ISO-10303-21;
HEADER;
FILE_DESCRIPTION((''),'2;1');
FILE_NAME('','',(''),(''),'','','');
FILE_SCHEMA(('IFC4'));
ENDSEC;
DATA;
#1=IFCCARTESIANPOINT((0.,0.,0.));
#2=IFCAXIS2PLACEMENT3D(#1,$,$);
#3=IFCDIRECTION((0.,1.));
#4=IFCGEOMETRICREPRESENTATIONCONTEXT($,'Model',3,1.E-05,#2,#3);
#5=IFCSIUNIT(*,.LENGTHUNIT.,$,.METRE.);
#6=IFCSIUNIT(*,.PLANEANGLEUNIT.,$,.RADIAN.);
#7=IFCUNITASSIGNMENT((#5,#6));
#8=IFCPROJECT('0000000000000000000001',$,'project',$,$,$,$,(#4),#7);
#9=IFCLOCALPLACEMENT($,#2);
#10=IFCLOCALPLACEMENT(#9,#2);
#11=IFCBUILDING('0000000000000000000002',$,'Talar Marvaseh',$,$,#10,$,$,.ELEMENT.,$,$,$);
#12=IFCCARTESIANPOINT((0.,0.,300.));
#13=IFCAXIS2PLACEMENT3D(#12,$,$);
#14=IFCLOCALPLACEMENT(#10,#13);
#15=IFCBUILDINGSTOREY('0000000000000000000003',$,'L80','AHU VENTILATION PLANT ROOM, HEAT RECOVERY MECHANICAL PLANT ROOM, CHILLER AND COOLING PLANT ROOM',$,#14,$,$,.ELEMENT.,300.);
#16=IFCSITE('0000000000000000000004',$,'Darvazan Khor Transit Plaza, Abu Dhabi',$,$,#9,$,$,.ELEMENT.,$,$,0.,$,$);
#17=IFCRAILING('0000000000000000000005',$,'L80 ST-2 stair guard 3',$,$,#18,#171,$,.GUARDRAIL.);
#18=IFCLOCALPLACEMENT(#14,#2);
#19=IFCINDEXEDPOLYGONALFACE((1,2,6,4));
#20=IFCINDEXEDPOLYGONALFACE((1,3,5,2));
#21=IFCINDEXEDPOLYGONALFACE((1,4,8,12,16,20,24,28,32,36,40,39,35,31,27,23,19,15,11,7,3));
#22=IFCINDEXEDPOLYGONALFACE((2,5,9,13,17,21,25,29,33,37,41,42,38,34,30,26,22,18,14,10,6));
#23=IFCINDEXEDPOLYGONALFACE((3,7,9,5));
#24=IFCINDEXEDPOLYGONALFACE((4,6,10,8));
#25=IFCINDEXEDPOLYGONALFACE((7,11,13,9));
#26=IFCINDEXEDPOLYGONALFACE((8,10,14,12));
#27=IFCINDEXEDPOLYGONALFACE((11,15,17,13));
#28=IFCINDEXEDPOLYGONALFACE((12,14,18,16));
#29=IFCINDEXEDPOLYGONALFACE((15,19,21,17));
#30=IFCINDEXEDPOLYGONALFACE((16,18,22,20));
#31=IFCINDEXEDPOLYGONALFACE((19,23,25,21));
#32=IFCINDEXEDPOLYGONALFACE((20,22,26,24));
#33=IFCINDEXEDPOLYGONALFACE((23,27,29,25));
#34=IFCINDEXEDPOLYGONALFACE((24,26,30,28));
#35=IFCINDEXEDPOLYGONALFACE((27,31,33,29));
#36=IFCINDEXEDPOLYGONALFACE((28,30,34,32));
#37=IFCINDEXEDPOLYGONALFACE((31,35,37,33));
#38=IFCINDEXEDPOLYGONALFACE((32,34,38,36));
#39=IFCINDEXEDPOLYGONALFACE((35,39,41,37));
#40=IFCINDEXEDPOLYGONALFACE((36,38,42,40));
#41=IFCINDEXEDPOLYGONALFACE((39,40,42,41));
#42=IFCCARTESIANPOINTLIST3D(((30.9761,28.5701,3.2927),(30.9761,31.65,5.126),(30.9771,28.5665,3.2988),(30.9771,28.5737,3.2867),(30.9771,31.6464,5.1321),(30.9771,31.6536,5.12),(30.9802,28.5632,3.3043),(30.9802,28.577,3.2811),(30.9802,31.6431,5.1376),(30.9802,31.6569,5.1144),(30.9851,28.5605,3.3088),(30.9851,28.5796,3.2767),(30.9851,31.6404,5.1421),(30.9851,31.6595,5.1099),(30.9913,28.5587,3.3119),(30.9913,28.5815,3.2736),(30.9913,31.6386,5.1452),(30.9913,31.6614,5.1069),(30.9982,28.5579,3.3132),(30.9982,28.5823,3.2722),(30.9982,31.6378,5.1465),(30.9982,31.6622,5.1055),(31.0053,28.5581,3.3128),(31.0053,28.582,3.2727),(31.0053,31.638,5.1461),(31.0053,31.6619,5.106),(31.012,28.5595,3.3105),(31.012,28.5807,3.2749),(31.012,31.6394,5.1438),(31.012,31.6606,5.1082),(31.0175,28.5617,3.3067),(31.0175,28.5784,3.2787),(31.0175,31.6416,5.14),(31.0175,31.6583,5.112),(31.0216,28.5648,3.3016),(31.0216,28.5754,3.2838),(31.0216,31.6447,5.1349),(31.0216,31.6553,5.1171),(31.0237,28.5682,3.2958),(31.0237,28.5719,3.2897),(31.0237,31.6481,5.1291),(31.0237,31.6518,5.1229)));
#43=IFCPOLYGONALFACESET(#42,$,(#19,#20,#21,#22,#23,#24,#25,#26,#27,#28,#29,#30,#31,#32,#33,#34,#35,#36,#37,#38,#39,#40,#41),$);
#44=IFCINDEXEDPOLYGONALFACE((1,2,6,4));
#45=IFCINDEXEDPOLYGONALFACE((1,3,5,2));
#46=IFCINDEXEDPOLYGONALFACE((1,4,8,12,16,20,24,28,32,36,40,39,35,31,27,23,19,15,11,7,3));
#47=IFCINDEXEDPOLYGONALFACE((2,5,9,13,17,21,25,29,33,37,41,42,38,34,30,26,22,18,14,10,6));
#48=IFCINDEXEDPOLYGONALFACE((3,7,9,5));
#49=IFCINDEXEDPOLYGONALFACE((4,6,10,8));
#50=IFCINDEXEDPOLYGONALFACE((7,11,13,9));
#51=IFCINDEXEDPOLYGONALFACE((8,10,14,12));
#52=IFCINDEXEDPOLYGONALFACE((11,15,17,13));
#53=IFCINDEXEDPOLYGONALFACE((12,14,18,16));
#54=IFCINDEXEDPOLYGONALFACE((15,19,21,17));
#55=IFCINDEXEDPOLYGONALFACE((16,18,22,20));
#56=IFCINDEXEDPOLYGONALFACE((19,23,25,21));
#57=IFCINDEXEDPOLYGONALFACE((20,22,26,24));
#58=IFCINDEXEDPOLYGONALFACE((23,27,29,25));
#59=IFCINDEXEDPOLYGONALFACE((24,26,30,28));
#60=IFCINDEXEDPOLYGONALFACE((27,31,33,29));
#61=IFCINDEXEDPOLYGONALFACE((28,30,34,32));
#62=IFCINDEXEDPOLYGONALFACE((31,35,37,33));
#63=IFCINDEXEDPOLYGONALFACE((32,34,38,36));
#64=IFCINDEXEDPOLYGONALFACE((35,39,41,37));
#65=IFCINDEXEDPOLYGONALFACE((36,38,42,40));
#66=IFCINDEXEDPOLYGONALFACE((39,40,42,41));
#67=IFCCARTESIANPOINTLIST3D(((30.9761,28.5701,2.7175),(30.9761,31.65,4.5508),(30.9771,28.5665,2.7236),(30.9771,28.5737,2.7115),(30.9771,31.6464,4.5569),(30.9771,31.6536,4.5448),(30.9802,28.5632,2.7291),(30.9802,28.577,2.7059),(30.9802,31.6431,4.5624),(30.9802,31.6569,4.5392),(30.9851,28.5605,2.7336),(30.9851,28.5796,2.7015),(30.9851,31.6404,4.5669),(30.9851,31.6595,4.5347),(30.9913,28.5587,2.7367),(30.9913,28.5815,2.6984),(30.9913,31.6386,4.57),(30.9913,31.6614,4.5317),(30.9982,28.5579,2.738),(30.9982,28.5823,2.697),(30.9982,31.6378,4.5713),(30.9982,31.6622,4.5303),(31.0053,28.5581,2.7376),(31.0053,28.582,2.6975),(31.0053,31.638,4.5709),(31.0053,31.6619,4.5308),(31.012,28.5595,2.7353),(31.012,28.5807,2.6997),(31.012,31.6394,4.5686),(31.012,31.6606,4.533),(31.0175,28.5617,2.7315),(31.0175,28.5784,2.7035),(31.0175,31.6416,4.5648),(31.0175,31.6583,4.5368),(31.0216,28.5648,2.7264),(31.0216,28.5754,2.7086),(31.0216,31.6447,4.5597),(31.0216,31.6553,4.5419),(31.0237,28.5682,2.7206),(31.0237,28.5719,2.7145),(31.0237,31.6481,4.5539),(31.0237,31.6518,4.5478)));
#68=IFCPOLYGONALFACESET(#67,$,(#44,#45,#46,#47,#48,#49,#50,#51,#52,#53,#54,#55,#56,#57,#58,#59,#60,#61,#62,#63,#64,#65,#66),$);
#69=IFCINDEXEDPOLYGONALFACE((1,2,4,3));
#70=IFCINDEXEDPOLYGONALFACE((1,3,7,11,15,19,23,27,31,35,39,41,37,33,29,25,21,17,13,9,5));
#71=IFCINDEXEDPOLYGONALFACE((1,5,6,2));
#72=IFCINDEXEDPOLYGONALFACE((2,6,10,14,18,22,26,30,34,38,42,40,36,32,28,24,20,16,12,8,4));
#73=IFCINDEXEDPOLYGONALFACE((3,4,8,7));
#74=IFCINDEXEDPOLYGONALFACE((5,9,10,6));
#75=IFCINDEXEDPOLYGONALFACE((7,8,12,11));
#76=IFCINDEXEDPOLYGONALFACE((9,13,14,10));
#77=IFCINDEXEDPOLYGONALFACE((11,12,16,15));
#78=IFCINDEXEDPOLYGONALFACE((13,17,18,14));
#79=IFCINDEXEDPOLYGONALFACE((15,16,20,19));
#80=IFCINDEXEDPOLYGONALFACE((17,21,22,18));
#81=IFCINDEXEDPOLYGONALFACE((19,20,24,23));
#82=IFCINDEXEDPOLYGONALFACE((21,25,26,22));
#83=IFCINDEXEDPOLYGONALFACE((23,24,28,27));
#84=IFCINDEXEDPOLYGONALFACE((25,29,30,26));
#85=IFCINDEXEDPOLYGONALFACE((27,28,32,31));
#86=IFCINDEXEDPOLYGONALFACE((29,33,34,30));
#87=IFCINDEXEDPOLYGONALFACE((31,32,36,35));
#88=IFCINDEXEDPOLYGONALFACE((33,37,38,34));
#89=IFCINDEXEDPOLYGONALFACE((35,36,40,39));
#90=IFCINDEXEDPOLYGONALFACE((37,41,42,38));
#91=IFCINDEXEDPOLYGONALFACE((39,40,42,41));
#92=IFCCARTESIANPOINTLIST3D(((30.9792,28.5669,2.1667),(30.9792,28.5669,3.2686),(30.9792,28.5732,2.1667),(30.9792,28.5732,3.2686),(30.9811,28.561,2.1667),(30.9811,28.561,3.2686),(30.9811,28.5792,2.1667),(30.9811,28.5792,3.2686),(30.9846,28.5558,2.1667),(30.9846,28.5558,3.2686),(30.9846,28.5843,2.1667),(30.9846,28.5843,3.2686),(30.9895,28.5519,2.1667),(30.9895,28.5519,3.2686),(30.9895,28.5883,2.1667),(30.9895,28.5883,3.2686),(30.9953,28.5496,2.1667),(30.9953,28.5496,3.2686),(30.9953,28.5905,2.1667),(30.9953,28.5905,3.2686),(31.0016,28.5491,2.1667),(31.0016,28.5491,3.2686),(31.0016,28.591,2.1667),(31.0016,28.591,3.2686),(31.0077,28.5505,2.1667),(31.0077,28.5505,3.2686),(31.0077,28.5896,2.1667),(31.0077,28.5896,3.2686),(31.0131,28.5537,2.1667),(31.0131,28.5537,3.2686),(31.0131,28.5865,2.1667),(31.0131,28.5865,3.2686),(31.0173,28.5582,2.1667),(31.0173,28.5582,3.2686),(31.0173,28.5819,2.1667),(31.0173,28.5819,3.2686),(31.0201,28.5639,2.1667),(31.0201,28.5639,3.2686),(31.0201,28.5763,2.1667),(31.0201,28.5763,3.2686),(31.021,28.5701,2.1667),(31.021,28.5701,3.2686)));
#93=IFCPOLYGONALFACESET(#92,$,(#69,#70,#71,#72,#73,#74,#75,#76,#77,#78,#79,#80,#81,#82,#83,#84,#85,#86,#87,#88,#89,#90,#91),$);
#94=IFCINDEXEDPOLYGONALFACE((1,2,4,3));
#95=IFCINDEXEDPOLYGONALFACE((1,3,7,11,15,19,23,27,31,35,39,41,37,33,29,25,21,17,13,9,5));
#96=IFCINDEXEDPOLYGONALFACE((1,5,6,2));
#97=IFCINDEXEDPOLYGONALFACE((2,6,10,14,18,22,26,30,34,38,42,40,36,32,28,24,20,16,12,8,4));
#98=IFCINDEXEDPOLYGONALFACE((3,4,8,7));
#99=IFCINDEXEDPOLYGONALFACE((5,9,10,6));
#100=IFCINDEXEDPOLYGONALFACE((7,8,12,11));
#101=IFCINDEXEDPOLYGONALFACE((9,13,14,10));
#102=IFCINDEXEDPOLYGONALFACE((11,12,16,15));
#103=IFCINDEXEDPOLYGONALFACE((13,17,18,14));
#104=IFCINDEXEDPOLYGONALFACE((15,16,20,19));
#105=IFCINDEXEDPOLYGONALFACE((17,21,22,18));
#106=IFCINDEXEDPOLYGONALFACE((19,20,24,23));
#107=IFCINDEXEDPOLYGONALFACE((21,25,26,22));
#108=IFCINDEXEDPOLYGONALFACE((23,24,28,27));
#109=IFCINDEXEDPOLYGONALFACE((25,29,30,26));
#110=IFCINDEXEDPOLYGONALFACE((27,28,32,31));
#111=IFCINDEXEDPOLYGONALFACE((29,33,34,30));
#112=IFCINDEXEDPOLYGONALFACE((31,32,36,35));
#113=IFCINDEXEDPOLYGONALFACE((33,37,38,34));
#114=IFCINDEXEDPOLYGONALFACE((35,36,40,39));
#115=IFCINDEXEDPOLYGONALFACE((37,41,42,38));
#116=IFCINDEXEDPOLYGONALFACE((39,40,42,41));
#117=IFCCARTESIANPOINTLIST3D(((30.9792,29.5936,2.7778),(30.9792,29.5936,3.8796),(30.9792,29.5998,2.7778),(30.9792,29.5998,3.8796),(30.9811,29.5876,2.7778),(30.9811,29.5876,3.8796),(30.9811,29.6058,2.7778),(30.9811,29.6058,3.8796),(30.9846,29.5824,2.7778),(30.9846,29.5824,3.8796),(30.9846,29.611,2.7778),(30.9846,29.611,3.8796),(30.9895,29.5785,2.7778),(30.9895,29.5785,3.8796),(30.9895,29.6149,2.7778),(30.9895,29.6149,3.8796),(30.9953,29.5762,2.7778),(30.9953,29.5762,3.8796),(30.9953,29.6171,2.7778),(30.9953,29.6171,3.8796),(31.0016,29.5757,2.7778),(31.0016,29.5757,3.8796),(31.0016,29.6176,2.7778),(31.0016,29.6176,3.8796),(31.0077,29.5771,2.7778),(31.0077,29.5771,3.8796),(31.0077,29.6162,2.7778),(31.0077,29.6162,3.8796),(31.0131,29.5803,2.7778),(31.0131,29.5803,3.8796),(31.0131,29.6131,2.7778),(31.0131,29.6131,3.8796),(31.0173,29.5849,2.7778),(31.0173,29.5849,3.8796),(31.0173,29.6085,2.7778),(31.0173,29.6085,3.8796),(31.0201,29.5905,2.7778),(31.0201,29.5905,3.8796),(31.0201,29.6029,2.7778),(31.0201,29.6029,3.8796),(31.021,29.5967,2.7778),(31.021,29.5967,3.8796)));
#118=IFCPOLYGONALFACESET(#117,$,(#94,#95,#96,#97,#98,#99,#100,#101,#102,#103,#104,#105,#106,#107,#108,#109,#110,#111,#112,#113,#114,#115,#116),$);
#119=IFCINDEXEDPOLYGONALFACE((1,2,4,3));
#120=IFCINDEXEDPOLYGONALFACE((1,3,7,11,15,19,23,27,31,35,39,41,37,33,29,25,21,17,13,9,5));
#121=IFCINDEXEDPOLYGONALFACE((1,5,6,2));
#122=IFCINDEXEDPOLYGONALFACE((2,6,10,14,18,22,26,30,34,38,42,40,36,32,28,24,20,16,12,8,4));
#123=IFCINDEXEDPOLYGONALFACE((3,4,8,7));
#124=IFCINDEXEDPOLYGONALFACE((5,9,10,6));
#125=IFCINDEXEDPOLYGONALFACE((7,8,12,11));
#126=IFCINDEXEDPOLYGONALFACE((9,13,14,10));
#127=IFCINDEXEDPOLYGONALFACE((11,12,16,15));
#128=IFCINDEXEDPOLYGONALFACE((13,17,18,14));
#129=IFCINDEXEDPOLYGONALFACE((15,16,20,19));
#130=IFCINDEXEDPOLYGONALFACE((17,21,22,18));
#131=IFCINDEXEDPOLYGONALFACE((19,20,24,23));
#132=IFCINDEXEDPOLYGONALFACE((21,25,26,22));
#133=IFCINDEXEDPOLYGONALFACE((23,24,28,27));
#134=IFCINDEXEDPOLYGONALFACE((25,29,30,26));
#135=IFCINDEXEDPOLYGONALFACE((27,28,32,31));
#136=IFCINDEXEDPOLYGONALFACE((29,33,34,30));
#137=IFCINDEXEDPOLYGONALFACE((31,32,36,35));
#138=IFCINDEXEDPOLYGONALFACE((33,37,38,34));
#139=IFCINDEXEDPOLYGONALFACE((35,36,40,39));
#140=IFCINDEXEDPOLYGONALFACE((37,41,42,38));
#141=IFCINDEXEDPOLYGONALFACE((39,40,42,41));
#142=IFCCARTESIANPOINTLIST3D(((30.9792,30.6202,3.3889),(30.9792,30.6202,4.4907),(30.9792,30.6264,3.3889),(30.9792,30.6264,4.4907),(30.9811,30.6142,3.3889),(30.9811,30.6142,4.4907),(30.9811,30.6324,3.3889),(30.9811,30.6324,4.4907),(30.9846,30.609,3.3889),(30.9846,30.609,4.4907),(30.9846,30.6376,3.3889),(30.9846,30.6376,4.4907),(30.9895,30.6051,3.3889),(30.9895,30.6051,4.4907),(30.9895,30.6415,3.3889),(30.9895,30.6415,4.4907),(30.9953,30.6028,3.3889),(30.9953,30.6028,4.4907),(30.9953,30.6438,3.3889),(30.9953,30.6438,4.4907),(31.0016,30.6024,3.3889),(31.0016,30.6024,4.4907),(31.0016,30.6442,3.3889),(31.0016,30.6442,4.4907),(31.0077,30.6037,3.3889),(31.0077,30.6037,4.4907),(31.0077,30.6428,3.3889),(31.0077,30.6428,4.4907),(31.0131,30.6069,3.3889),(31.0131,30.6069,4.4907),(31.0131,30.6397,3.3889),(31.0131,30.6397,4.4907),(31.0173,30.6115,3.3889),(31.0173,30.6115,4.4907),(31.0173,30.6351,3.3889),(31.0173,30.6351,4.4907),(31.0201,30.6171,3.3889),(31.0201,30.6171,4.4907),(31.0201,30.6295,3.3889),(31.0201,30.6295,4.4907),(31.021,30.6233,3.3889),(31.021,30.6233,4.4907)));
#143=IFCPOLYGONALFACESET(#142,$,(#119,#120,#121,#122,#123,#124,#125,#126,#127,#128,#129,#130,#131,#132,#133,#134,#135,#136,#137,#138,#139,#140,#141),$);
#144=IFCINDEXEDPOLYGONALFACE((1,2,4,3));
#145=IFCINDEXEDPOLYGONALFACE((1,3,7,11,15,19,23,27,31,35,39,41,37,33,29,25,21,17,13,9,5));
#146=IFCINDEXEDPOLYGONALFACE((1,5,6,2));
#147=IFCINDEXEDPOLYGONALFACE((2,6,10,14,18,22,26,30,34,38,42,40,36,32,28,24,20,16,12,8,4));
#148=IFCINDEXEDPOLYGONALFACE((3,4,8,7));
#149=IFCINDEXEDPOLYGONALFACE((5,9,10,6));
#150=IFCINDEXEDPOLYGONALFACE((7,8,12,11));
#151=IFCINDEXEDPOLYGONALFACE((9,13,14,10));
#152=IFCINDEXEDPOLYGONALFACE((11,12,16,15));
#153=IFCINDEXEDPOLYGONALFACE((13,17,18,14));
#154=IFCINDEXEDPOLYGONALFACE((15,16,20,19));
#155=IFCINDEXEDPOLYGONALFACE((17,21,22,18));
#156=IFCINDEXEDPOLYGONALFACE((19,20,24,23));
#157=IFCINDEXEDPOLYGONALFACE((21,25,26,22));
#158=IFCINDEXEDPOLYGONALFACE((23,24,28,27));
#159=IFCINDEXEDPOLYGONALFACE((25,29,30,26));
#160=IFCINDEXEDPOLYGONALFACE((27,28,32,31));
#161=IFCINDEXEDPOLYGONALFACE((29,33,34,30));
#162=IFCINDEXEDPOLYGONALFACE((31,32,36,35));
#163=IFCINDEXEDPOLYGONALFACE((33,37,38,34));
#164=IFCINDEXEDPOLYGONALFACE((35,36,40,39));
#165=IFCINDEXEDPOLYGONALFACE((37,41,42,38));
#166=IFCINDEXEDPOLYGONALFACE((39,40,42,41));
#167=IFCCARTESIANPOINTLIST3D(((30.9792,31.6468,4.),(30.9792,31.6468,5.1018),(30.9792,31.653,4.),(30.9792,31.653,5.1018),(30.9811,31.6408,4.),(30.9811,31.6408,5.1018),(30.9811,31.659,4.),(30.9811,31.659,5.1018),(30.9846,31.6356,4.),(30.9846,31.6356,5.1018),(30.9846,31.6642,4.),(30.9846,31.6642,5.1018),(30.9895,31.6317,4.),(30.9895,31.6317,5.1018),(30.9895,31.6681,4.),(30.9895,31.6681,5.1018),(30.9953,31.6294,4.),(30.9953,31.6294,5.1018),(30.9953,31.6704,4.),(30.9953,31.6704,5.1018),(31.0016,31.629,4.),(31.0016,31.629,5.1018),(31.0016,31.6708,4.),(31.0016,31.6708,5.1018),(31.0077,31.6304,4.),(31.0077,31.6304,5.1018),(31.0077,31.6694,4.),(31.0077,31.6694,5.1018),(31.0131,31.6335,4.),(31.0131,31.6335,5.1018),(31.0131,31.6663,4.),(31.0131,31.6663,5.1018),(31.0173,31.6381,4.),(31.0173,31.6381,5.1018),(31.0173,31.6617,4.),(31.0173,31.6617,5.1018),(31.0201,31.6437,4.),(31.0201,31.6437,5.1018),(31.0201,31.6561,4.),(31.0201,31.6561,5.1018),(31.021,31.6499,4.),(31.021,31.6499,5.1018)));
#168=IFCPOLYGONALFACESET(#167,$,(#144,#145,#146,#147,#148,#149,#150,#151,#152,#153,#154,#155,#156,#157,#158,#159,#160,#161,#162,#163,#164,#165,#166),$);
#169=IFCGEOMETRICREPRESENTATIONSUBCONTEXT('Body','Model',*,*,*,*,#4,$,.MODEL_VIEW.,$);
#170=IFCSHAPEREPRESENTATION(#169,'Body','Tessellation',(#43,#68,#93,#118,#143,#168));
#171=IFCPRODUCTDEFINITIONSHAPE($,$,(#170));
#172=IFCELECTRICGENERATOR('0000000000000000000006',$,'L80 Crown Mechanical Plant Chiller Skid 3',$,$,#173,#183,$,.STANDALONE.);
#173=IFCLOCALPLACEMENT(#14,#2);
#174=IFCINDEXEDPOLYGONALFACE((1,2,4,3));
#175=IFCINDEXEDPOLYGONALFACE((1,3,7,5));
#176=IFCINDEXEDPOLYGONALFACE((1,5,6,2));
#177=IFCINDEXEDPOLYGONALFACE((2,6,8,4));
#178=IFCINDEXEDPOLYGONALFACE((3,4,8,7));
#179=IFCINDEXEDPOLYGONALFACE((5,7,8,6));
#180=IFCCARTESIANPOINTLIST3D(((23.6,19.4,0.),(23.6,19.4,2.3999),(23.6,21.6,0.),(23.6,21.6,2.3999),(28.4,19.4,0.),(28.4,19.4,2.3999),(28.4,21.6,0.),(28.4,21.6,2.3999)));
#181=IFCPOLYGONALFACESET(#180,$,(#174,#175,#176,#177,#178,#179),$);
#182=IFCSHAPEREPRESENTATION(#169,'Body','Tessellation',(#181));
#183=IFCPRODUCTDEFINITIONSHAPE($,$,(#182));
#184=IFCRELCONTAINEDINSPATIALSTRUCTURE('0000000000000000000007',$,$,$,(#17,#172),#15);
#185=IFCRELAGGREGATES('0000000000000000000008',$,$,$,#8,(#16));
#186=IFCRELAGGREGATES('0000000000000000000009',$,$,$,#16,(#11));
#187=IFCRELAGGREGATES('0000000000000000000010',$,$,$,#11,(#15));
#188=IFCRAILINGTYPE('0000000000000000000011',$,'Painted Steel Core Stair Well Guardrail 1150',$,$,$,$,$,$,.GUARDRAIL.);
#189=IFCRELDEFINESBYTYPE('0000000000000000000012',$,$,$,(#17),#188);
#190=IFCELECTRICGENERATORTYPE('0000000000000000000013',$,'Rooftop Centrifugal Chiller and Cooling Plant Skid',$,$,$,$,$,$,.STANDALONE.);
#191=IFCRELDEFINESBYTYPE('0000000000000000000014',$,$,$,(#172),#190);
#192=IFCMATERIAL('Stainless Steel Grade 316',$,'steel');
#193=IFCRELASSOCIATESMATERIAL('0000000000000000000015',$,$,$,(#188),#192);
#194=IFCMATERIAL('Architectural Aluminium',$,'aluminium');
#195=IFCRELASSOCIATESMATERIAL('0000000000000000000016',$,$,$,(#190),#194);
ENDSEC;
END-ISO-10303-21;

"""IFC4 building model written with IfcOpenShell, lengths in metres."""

from ifc_helpers import new_model, si_unit, direction, frame, origin, origin_2d, place, context, subcontext, project, spatial, rectangle, circle, extrude, source, transform, mapped, material, type_object, type_shapes, element, save


model = new_model("IFC4")

# Units and contexts
model_context = context("Model", 3, precision=1e-05, world=origin(), true_north=direction((0.0, 1.0)))
body_context = subcontext(model_context, "Body", "Model", "MODEL_VIEW")
ifc_project = project(units=[si_unit("LENGTHUNIT", "METRE"), si_unit("PLANEANGLEUNIT", "RADIAN")], contexts=[model_context])

# Site, building, storey
site_placement = place(None, origin())
site = spatial("IfcSite", under=ifc_project, at=site_placement, Name="Darvazan Khor Transit Plaza, Abu Dhabi", CompositionType="ELEMENT", RefElevation=0.0)
building_placement = place(site_placement, origin())
building = spatial("IfcBuilding", under=site, at=building_placement, Name="Talar Marvaseh", CompositionType="ELEMENT")
storey_placement = place(building_placement, frame((0.0, 0.0, 300.0)))
storey = spatial("IfcBuildingStorey", under=building, at=storey_placement, Name="L80", Description="AHU VENTILATION PLANT ROOM, HEAT RECOVERY MECHANICAL PLANT ROOM, CHILLER AND COOLING PLANT ROOM", CompositionType="ELEMENT", Elevation=300.0)

# Shared definitions
ifc_material_1 = material(Name="Architectural Aluminium", Category="aluminium")

# Railing
ifc_material_2 = material(Name="Stainless Steel Grade 316", Category="steel")
railing_type_1 = type_object("IfcRailingType", Name="Painted Steel Core Stair Well Guardrail 1150", PredefinedType="GUARDRAIL", material=ifc_material_2)
railing_1_placement = place(storey_placement, frame((31.0, 28.5701, 2.1667)))
element("IfcRailing", 1, at=railing_1_placement, inside=storey, type_object=railing_type_1, Name="L80 ST-2 stair guard 3", PredefinedType="GUARDRAIL", context=body_context, shape_type="SweptSolid", body=[
    extrude(circle(Radius=0.0239, at=origin_2d()), frame((0.0, 0.0, 1.126), z_axis=(0.0, 0.859291, 0.511487), x_axis=(-1.0, 0.0, 0.0)), (0.0, 0.0, 1.0), 3.5842),
    extrude(circle(Radius=0.0239, at=origin_2d()), frame((0.0, 0.0, 0.5508), z_axis=(0.0, 0.859291, 0.511487), x_axis=(-1.0, 0.0, 0.0)), (0.0, 0.0, 1.0), 3.5842),
    extrude(circle(Radius=0.021, at=origin_2d()), origin(), (0.0, 0.0, 1.0), 1.1018),
    extrude(circle(Radius=0.021, at=origin_2d()), frame((0.0, 1.0266, 0.6111)), (0.0, 0.0, 1.0), 1.1018),
    extrude(circle(Radius=0.021, at=origin_2d()), frame((0.0, 2.0532, 1.2222)), (0.0, 0.0, 1.0), 1.1018),
    extrude(circle(Radius=0.021, at=origin_2d()), frame((0.0, 3.0798, 1.8333)), (0.0, 0.0, 1.0), 1.1018),
])

# Electric generator
electric_generator_type = type_object("IfcElectricGeneratorType", Name="Rooftop Centrifugal Chiller and Cooling Plant Skid", PredefinedType="STANDALONE", material=ifc_material_1)
shared_shape_1 = source(origin(), body_context, "Body", "SweptSolid", [
    extrude(rectangle(XDim=4.8, YDim=2.2, at=origin_2d()), origin(), (0.0, 0.0, 1.0), 2.3999),
])
type_shapes(electric_generator_type, [shared_shape_1])
electric_generator_placement = place(storey_placement, frame((26.0, 20.5, 0.0), z_axis=(0.0, 0.0, 1.0), x_axis=(1.0, 0.0, 0.0)))
element("IfcElectricGenerator", 2, at=electric_generator_placement, inside=storey, type_object=electric_generator_type, Name="L80 Crown Mechanical Plant Chiller Skid 3", PredefinedType="STANDALONE", context=body_context, shape_type="MappedRepresentation", body=[
    mapped(shared_shape_1, transform((0.0, 0.0, 0.0), x_axis=(1.0, 0.0, 0.0), y_axis=(0.0, 1.0, 0.0), z_axis=(0.0, 0.0, 1.0), scale=1.0)),
])

save(model, "model.ifc")
